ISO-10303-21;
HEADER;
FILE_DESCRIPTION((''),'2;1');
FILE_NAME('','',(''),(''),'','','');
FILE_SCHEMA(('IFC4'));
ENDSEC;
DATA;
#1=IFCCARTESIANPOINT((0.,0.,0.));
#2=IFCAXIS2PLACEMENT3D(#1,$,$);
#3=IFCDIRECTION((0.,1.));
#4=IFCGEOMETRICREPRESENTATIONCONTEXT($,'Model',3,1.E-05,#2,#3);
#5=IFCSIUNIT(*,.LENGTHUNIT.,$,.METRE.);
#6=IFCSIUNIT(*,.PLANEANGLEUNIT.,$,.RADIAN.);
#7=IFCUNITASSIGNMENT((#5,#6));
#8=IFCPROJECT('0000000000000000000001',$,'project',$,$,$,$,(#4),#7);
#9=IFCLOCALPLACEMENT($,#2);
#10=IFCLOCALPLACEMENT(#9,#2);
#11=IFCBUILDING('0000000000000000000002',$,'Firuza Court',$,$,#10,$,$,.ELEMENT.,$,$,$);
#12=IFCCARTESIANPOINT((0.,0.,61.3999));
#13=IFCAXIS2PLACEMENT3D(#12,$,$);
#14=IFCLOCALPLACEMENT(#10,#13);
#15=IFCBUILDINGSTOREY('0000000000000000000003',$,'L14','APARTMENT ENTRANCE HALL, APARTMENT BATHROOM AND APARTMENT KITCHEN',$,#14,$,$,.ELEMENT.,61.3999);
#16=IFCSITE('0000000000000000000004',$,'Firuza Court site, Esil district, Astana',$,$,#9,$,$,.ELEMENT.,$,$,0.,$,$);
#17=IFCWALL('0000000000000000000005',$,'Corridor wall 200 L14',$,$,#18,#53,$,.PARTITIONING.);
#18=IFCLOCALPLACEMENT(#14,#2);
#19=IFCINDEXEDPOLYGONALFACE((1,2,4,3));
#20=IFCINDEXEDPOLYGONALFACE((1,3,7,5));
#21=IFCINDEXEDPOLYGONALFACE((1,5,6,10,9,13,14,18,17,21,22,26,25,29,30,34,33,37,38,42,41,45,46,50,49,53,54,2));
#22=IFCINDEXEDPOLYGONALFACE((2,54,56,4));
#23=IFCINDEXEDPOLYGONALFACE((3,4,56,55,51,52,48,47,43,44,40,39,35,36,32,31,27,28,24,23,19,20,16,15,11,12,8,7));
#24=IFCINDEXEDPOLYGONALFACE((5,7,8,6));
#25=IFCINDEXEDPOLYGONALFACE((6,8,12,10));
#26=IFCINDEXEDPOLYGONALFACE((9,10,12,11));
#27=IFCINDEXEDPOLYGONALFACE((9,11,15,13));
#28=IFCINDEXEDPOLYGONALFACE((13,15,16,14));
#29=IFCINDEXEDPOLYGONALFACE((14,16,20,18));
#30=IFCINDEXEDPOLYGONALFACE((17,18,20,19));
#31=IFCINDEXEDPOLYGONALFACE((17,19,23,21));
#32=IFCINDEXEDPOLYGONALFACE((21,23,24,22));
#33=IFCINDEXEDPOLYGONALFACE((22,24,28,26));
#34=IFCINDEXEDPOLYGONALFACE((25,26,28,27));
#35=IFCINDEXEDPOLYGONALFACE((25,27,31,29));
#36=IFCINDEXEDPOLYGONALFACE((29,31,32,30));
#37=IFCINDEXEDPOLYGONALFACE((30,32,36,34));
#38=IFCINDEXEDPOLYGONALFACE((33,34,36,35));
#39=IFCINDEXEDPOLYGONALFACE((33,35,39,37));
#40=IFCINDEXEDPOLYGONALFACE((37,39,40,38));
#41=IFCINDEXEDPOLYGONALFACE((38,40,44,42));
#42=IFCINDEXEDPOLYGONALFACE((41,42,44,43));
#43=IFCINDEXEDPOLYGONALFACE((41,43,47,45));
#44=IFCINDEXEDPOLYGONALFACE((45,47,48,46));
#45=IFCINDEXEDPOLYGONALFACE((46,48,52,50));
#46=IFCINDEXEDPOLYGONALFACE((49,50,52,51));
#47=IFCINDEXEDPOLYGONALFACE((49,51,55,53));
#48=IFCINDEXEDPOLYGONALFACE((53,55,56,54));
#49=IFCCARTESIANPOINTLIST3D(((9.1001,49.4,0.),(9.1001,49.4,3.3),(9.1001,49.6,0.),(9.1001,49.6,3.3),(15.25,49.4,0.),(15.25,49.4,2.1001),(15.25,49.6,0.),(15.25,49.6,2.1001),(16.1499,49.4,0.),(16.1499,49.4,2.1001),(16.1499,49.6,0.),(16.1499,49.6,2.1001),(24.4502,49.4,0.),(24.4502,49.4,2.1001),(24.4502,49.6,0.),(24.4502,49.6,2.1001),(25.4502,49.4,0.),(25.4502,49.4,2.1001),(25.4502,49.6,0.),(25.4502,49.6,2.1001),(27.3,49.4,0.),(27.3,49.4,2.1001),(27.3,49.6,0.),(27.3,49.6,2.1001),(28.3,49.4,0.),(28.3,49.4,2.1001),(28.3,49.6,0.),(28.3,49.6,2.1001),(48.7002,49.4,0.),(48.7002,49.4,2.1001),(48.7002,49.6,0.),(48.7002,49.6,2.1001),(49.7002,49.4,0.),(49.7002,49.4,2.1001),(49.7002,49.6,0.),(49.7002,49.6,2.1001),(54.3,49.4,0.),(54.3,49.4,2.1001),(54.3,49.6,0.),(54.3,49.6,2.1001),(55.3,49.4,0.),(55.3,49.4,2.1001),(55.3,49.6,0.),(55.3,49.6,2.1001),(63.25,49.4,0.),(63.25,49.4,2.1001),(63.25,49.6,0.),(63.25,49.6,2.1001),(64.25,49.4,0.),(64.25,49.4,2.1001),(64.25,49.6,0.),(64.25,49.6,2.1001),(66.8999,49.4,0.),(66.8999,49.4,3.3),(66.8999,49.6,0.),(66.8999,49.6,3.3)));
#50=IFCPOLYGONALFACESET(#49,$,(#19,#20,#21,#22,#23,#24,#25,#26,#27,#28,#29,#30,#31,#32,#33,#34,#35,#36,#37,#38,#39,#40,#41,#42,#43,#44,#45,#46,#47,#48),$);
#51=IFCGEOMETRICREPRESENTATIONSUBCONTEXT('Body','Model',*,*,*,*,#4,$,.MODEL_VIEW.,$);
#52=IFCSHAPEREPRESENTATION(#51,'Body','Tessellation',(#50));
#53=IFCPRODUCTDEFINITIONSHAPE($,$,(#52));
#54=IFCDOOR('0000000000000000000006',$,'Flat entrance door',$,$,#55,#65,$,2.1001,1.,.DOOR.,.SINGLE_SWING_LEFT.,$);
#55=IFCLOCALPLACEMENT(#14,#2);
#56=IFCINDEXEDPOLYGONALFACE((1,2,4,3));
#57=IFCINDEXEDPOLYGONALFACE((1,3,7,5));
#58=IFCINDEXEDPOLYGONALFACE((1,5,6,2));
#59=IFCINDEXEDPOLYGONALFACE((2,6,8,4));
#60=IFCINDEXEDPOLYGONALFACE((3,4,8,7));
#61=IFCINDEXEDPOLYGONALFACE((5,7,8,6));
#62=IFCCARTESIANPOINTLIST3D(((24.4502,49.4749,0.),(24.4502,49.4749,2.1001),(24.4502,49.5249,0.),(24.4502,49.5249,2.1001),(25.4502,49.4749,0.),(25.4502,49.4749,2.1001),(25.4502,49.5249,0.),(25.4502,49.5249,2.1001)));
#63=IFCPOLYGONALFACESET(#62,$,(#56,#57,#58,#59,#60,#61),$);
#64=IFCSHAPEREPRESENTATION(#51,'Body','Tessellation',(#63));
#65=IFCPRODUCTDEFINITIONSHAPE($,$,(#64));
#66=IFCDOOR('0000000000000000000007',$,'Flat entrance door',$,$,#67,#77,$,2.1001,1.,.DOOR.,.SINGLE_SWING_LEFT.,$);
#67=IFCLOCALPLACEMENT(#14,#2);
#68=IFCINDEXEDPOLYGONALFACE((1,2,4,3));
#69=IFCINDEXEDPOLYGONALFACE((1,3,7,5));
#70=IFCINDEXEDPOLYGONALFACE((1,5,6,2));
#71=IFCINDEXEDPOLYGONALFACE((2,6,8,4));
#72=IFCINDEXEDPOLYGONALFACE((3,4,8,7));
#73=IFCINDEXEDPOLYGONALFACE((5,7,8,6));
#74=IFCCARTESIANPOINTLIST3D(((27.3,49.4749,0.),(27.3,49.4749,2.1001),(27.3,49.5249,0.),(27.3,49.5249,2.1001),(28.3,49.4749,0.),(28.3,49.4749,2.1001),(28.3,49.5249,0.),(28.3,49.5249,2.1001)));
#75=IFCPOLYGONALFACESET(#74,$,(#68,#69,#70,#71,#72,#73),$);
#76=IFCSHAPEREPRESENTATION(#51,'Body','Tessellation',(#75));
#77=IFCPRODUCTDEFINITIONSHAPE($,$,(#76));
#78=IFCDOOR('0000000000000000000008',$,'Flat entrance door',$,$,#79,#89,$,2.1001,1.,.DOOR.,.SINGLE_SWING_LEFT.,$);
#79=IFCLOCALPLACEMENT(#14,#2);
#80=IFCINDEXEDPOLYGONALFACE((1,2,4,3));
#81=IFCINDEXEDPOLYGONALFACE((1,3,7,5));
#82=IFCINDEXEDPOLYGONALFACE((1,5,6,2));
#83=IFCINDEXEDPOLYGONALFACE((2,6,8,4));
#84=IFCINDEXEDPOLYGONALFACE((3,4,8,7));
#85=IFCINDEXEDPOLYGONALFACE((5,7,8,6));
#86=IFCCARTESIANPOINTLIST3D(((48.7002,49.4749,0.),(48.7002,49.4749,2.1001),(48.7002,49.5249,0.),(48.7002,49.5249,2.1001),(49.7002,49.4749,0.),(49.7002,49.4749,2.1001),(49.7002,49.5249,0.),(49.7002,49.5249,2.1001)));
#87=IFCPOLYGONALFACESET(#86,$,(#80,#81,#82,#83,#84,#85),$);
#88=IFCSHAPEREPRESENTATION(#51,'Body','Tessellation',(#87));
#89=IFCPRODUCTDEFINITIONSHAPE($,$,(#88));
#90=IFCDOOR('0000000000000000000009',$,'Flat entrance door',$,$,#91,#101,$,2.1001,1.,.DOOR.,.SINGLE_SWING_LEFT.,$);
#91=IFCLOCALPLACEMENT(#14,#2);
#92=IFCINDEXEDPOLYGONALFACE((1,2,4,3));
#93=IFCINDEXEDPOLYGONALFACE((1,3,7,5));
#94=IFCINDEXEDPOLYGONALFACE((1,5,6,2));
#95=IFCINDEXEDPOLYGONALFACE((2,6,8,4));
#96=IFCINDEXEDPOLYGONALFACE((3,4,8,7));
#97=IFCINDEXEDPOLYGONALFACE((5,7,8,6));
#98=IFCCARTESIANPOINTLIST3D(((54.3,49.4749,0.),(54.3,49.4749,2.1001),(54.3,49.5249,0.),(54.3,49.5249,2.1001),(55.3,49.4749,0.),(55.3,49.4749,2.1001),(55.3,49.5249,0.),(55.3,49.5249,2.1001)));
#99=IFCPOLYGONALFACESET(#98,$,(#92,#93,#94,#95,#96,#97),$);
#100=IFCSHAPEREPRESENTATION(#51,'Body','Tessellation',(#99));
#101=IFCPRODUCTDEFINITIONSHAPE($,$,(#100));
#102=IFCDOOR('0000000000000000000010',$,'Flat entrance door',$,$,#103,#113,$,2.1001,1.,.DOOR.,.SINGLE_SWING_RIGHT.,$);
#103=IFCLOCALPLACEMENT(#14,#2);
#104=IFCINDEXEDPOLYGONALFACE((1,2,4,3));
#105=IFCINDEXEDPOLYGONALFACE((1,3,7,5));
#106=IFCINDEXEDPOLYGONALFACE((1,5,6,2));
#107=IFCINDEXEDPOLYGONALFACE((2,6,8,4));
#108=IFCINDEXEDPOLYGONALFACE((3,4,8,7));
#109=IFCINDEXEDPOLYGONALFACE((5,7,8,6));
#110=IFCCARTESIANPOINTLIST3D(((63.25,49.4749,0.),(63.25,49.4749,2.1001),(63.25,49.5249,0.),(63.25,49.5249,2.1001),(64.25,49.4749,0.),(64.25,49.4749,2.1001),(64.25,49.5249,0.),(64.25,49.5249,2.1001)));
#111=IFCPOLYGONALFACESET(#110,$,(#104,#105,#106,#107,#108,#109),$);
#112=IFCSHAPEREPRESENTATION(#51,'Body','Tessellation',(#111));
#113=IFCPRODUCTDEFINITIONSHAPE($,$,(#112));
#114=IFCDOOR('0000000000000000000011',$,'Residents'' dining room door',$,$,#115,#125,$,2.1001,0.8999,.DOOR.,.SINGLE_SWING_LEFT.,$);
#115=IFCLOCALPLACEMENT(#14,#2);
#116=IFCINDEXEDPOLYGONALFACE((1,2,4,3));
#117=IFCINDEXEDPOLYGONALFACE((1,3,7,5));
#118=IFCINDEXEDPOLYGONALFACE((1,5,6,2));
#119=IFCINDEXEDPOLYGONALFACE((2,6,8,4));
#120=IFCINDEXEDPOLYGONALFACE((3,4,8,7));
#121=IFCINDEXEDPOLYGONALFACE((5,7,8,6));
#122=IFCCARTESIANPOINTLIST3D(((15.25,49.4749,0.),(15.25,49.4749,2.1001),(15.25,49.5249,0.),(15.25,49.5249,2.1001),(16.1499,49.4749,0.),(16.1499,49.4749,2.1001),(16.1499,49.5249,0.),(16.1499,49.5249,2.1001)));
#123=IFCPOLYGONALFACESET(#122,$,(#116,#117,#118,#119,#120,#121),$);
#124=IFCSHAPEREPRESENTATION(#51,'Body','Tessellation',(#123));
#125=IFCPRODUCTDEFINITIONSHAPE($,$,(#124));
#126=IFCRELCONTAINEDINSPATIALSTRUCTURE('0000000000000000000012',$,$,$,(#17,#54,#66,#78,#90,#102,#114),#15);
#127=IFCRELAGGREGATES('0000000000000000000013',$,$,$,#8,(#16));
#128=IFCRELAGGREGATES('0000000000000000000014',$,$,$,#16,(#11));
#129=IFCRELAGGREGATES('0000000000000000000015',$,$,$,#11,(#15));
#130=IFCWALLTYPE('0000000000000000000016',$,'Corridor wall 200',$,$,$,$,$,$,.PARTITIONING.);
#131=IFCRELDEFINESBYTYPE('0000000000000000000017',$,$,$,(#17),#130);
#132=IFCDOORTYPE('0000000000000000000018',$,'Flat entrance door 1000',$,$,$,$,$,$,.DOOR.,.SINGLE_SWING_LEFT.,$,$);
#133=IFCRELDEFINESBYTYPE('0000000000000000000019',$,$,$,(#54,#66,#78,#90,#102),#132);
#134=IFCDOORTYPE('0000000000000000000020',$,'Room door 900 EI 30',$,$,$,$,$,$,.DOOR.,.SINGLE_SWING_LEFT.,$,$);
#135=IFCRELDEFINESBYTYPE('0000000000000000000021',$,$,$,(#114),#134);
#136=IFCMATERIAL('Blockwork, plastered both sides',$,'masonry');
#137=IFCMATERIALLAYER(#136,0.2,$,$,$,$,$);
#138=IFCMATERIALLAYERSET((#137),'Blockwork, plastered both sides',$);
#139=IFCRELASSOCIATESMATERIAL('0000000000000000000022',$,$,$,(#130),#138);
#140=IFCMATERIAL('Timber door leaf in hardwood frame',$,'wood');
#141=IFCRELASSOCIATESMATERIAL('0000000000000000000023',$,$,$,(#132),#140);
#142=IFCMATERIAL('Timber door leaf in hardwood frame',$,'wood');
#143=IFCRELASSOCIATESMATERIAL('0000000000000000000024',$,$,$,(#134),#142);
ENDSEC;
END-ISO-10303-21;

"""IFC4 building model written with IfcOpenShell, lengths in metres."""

from ifc_helpers import new_model, si_unit, direction, frame, frame_2d, origin, place, context, subcontext, project, spatial, rectangle, extrude, material, layer, layer_set, type_object, element, fill, save


model = new_model("IFC4")

# Units and contexts
model_context = context("Model", 3, precision=1e-05, world=origin(), true_north=direction((0.0, 1.0)))
body_context = subcontext(model_context, "Body", "Model", "MODEL_VIEW")
ifc_project = project(units=[si_unit("LENGTHUNIT", "METRE"), si_unit("PLANEANGLEUNIT", "RADIAN")], contexts=[model_context])

# Site, building, storey
site_placement = place(None, origin())
site = spatial("IfcSite", under=ifc_project, at=site_placement, Name="Firuza Court site, Esil district, Astana", CompositionType="ELEMENT", RefElevation=0.0)
building_placement = place(site_placement, origin())
building = spatial("IfcBuilding", under=site, at=building_placement, Name="Firuza Court", CompositionType="ELEMENT")
storey_placement = place(building_placement, frame((0.0, 0.0, 61.3999)))
storey = spatial("IfcBuildingStorey", under=building, at=storey_placement, Name="L14", Description="APARTMENT ENTRANCE HALL, APARTMENT BATHROOM AND APARTMENT KITCHEN", CompositionType="ELEMENT", Elevation=61.3999)

# Wall, openings, doors
ifc_material_1 = material(Name="Blockwork, plastered both sides", Category="masonry")
ifc_layer_1 = layer(ifc_material_1, 0.2)
ifc_layer_set_1 = layer_set([ifc_layer_1], Name="Blockwork, plastered both sides")
wall_type_1 = type_object("IfcWallType", Name="Corridor wall 200", PredefinedType="PARTITIONING", material=ifc_layer_set_1)
wall_1_placement = place(storey_placement, frame((9.1001, 49.5, 0.0), z_axis=(0.0, 0.0, 1.0), x_axis=(1.0, 0.0, 0.0)))
wall_1 = element("IfcWall", 1, at=wall_1_placement, inside=storey, type_object=wall_type_1, Name="Corridor wall 200 L14", PredefinedType="PARTITIONING", context=body_context, shape_type="SweptSolid", body=[
    extrude(rectangle(XDim=57.7998, YDim=0.2, at=frame_2d((28.8999, 0.0))), origin(), (0.0, 0.0, 1.0), 3.3),
])
opening_1_placement = place(wall_1_placement, frame((15.3501, 0.0, 0.0)))
opening_1 = element("IfcOpeningElement", 2, at=opening_1_placement, cuts=wall_1, PredefinedType="OPENING", context=body_context, shape_type="SweptSolid", body=[
    extrude(rectangle(XDim=1.0, YDim=2.1001, at=frame_2d((0.5, 1.05))), frame((0.0, 0.1118, 0.0), z_axis=(0.0, -1.0, 0.0), x_axis=(1.0, 0.0, 0.0)), (0.0, 0.0, 1.0), 0.2239),
])
opening_2_placement = place(wall_1_placement, frame((18.2, 0.0, 0.0)))
opening_2 = element("IfcOpeningElement", 3, at=opening_2_placement, cuts=wall_1, PredefinedType="OPENING", context=body_context, shape_type="SweptSolid", body=[
    extrude(rectangle(XDim=1.0, YDim=2.1001, at=frame_2d((0.5, 1.05))), frame((0.0, 0.1118, 0.0), z_axis=(0.0, -1.0, 0.0), x_axis=(1.0, 0.0, 0.0)), (0.0, 0.0, 1.0), 0.2239),
])
opening_3_placement = place(wall_1_placement, frame((39.6001, 0.0, 0.0)))
opening_3 = element("IfcOpeningElement", 4, at=opening_3_placement, cuts=wall_1, PredefinedType="OPENING", context=body_context, shape_type="SweptSolid", body=[
    extrude(rectangle(XDim=1.0, YDim=2.1001, at=frame_2d((0.5, 1.05))), frame((0.0, 0.1118, 0.0), z_axis=(0.0, -1.0, 0.0), x_axis=(1.0, 0.0, 0.0)), (0.0, 0.0, 1.0), 0.2239),
])
opening_4_placement = place(wall_1_placement, frame((45.2, 0.0, 0.0)))
opening_4 = element("IfcOpeningElement", 5, at=opening_4_placement, cuts=wall_1, PredefinedType="OPENING", context=body_context, shape_type="SweptSolid", body=[
    extrude(rectangle(XDim=1.0, YDim=2.1001, at=frame_2d((0.5, 1.05))), frame((0.0, 0.1118, 0.0), z_axis=(0.0, -1.0, 0.0), x_axis=(1.0, 0.0, 0.0)), (0.0, 0.0, 1.0), 0.2239),
])
opening_5_placement = place(wall_1_placement, frame((54.1499, 0.0, 0.0)))
opening_5 = element("IfcOpeningElement", 6, at=opening_5_placement, cuts=wall_1, PredefinedType="OPENING", context=body_context, shape_type="SweptSolid", body=[
    extrude(rectangle(XDim=1.0, YDim=2.1001, at=frame_2d((0.5, 1.05))), frame((0.0, 0.1118, 0.0), z_axis=(0.0, -1.0, 0.0), x_axis=(1.0, 0.0, 0.0)), (0.0, 0.0, 1.0), 0.2239),
])
opening_6_placement = place(wall_1_placement, frame((6.1499, 0.0, 0.0)))
opening_6 = element("IfcOpeningElement", 7, at=opening_6_placement, cuts=wall_1, PredefinedType="OPENING", context=body_context, shape_type="SweptSolid", body=[
    extrude(rectangle(XDim=0.8999, YDim=2.1001, at=frame_2d((0.45, 1.05))), frame((0.0, 0.1118, 0.0), z_axis=(0.0, -1.0, 0.0), x_axis=(1.0, 0.0, 0.0)), (0.0, 0.0, 1.0), 0.2239),
])
ifc_material_2 = material(Name="Timber door leaf in hardwood frame", Category="wood")
door_type_1 = type_object("IfcDoorType", Name="Flat entrance door 1000", OperationType="SINGLE_SWING_LEFT", PredefinedType="DOOR", material=ifc_material_2)
door_1_placement = place(opening_1_placement, origin())
door_1 = element("IfcDoor", 8, at=door_1_placement, inside=storey, type_object=door_type_1, Name="Flat entrance door", OperationType="SINGLE_SWING_LEFT", OverallHeight=2.1001, OverallWidth=1.0, PredefinedType="DOOR", context=body_context, shape_type="SweptSolid", body=[
    extrude(rectangle(XDim=1.0, YDim=2.1001, at=frame_2d((0.5, 1.05))), frame((0.0, 0.0249, 0.0), z_axis=(0.0, -1.0, 0.0), x_axis=(1.0, 0.0, 0.0)), (0.0, 0.0, 1.0), 0.05),
])
fill(opening_1, door_1)
door_2_placement = place(opening_2_placement, origin())
door_2 = element("IfcDoor", 9, at=door_2_placement, inside=storey, type_object=door_type_1, Name="Flat entrance door", OperationType="SINGLE_SWING_LEFT", OverallHeight=2.1001, OverallWidth=1.0, PredefinedType="DOOR", context=body_context, shape_type="SweptSolid", body=[
    extrude(rectangle(XDim=1.0, YDim=2.1001, at=frame_2d((0.5, 1.05))), frame((0.0, 0.0249, 0.0), z_axis=(0.0, -1.0, 0.0), x_axis=(1.0, 0.0, 0.0)), (0.0, 0.0, 1.0), 0.05),
])
fill(opening_2, door_2)
door_3_placement = place(opening_3_placement, origin())
door_3 = element("IfcDoor", 10, at=door_3_placement, inside=storey, type_object=door_type_1, Name="Flat entrance door", OperationType="SINGLE_SWING_LEFT", OverallHeight=2.1001, OverallWidth=1.0, PredefinedType="DOOR", context=body_context, shape_type="SweptSolid", body=[
    extrude(rectangle(XDim=1.0, YDim=2.1001, at=frame_2d((0.5, 1.05))), frame((0.0, 0.0249, 0.0), z_axis=(0.0, -1.0, 0.0), x_axis=(1.0, 0.0, 0.0)), (0.0, 0.0, 1.0), 0.05),
])
fill(opening_3, door_3)
door_4_placement = place(opening_4_placement, origin())
door_4 = element("IfcDoor", 11, at=door_4_placement, inside=storey, type_object=door_type_1, Name="Flat entrance door", OperationType="SINGLE_SWING_LEFT", OverallHeight=2.1001, OverallWidth=1.0, PredefinedType="DOOR", context=body_context, shape_type="SweptSolid", body=[
    extrude(rectangle(XDim=1.0, YDim=2.1001, at=frame_2d((0.5, 1.05))), frame((0.0, 0.0249, 0.0), z_axis=(0.0, -1.0, 0.0), x_axis=(1.0, 0.0, 0.0)), (0.0, 0.0, 1.0), 0.05),
])
fill(opening_4, door_4)
door_5_placement = place(opening_5_placement, origin())
door_5 = element("IfcDoor", 12, at=door_5_placement, inside=storey, type_object=door_type_1, Name="Flat entrance door", OperationType="SINGLE_SWING_RIGHT", OverallHeight=2.1001, OverallWidth=1.0, PredefinedType="DOOR", context=body_context, shape_type="SweptSolid", body=[
    extrude(rectangle(XDim=1.0, YDim=2.1001, at=frame_2d((0.5, 1.05))), frame((0.0, 0.0249, 0.0), z_axis=(0.0, -1.0, 0.0), x_axis=(1.0, 0.0, 0.0)), (0.0, 0.0, 1.0), 0.05),
])
fill(opening_5, door_5)
ifc_material_3 = material(Name="Timber door leaf in hardwood frame", Category="wood")
door_type_2 = type_object("IfcDoorType", Name="Room door 900 EI 30", OperationType="SINGLE_SWING_LEFT", PredefinedType="DOOR", material=ifc_material_3)
door_6_placement = place(opening_6_placement, origin())
door_6 = element("IfcDoor", 13, at=door_6_placement, inside=storey, type_object=door_type_2, Name="Residents' dining room door", OperationType="SINGLE_SWING_LEFT", OverallHeight=2.1001, OverallWidth=0.8999, PredefinedType="DOOR", context=body_context, shape_type="SweptSolid", body=[
    extrude(rectangle(XDim=0.8999, YDim=2.1001, at=frame_2d((0.45, 1.05))), frame((0.0, 0.0249, 0.0), z_axis=(0.0, -1.0, 0.0), x_axis=(1.0, 0.0, 0.0)), (0.0, 0.0, 1.0), 0.05),
])
fill(opening_6, door_6)

save(model, "model.ifc")
